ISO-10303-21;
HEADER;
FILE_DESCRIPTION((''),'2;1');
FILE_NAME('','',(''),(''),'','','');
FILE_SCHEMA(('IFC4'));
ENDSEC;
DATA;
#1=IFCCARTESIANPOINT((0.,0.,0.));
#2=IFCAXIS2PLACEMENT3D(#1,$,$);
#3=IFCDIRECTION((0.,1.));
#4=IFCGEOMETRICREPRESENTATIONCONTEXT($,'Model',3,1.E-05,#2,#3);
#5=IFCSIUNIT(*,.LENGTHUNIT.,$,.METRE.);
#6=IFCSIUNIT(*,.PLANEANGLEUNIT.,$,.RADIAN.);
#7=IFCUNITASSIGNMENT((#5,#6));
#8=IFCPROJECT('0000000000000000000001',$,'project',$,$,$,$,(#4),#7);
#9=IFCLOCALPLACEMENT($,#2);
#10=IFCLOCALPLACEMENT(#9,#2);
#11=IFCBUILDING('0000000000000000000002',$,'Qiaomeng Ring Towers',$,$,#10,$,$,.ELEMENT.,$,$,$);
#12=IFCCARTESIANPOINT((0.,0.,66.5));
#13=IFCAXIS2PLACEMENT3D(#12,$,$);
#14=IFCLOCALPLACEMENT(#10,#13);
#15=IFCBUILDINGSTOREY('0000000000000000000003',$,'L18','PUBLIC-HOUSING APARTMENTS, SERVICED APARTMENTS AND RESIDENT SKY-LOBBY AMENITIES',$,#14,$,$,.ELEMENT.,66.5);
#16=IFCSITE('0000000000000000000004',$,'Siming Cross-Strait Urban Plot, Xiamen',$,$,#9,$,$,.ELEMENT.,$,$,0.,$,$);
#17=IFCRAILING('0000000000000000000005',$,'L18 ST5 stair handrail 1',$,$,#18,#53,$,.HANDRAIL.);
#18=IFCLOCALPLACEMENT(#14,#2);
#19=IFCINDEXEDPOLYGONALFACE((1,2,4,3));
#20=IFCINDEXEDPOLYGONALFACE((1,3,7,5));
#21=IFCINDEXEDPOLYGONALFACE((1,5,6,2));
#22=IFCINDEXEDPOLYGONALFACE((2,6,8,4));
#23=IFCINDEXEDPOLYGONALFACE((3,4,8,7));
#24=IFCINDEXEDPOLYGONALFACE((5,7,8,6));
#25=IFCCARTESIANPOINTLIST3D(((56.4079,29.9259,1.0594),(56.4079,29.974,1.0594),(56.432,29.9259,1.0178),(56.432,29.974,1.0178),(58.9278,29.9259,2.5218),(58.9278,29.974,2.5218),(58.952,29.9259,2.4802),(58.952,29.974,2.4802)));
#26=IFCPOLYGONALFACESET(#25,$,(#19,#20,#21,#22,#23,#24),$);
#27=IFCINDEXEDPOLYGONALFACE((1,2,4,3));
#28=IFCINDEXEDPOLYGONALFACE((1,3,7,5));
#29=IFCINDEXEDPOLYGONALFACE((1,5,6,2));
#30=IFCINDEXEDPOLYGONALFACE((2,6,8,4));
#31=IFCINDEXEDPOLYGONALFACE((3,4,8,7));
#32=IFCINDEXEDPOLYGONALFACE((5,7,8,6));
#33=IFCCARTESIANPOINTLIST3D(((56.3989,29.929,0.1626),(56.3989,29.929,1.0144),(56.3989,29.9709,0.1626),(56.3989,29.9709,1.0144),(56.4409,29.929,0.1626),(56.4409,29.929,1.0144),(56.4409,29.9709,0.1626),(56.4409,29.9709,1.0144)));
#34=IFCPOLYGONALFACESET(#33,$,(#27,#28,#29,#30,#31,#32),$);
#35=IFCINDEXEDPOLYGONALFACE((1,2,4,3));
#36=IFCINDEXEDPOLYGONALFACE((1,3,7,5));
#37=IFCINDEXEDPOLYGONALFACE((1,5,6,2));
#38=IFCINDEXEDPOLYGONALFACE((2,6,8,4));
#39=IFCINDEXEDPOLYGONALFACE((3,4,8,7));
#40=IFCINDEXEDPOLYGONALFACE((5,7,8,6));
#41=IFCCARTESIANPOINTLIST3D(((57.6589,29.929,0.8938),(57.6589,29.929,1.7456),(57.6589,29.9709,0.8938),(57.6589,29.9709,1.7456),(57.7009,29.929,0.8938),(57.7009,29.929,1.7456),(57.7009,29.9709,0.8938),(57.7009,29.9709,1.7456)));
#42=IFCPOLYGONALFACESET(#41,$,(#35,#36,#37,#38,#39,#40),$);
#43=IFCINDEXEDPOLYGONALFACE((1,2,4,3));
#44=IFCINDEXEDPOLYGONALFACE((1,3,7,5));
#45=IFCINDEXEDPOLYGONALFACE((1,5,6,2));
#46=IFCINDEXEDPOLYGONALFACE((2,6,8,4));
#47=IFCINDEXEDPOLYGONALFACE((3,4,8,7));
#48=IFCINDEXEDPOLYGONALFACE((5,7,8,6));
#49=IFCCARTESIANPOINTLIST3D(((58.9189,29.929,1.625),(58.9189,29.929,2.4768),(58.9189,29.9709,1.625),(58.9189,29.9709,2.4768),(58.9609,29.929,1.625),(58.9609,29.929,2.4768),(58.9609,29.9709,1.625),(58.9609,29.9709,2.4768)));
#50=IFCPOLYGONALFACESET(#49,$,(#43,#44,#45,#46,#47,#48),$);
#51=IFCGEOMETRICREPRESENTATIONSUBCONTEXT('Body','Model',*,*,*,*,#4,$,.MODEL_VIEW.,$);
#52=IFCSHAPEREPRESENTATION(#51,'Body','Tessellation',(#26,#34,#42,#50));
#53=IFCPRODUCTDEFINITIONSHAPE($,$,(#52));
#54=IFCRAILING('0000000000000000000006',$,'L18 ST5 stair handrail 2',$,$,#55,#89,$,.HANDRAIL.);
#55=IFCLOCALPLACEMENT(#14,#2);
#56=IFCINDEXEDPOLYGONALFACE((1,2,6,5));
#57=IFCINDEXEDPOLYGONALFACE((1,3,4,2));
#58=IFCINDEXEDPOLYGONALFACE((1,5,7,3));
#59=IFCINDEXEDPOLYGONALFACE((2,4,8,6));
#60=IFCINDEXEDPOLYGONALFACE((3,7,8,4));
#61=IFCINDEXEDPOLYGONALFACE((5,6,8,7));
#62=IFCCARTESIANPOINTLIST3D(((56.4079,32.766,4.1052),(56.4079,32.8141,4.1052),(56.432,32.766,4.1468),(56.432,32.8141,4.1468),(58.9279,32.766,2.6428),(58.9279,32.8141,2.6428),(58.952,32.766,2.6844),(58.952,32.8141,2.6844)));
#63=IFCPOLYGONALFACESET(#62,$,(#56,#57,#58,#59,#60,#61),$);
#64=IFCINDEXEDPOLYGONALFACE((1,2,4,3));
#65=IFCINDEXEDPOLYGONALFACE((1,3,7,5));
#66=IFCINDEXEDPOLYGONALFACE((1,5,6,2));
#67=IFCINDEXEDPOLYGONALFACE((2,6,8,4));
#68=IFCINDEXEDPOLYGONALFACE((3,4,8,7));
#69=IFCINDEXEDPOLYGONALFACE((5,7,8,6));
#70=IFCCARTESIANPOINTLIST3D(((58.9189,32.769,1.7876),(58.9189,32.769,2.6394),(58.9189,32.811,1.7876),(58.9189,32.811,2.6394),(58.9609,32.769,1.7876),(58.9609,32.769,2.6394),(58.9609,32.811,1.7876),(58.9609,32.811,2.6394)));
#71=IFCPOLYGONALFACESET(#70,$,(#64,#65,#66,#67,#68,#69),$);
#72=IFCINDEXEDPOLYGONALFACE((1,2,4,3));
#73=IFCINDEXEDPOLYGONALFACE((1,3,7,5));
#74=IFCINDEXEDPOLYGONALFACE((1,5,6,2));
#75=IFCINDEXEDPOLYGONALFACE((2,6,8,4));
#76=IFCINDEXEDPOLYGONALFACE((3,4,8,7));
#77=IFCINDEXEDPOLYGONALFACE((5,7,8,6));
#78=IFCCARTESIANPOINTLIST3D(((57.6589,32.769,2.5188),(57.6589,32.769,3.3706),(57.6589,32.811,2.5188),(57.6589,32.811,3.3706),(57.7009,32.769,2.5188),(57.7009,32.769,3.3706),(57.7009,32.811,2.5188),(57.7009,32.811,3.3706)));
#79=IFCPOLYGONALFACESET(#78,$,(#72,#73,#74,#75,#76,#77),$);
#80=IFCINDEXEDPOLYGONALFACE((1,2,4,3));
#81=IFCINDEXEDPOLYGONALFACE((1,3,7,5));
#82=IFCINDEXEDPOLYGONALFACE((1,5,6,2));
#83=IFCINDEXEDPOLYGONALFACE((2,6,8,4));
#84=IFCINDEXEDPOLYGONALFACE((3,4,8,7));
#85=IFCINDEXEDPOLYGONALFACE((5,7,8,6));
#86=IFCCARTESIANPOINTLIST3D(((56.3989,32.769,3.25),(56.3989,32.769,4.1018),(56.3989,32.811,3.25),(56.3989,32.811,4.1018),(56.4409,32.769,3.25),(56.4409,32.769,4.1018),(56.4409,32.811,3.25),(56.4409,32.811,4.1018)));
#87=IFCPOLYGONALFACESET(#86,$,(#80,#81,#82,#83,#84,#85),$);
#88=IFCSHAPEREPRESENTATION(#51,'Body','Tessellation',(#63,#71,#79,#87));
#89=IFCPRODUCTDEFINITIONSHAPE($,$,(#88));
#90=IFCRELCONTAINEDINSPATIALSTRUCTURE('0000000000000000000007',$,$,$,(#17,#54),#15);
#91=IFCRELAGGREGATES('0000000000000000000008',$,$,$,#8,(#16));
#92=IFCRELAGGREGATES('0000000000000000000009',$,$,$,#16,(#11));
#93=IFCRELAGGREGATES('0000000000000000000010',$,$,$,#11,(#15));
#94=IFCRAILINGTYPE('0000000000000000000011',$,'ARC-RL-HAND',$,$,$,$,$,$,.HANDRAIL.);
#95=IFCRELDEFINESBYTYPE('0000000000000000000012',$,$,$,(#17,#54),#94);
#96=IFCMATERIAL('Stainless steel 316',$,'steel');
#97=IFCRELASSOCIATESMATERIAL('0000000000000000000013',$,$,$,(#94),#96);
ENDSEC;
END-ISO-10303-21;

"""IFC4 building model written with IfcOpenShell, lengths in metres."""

from ifc_helpers import new_model, si_unit, direction, frame, origin, origin_2d, place, context, subcontext, project, spatial, rectangle, extrude, material, type_object, element, save


model = new_model("IFC4")

# Units and contexts
model_context = context("Model", 3, precision=1e-05, world=origin(), true_north=direction((0.0, 1.0)))
body_context = subcontext(model_context, "Body", "Model", "MODEL_VIEW")
ifc_project = project(units=[si_unit("LENGTHUNIT", "METRE"), si_unit("PLANEANGLEUNIT", "RADIAN")], contexts=[model_context])

# Site, building, storey
site_placement = place(None, origin())
site = spatial("IfcSite", under=ifc_project, at=site_placement, Name="Siming Cross-Strait Urban Plot, Xiamen", CompositionType="ELEMENT", RefElevation=0.0)
building_placement = place(site_placement, origin())
building = spatial("IfcBuilding", under=site, at=building_placement, Name="Qiaomeng Ring Towers", CompositionType="ELEMENT")
storey_placement = place(building_placement, frame((0.0, 0.0, 66.5)))
storey = spatial("IfcBuildingStorey", under=building, at=storey_placement, Name="L18", Description="PUBLIC-HOUSING APARTMENTS, SERVICED APARTMENTS AND RESIDENT SKY-LOBBY AMENITIES", CompositionType="ELEMENT", Elevation=66.5)

# Shared definitions
ifc_material_1 = material(Name="Stainless steel 316", Category="steel")

# Railings
railing_type_1 = type_object("IfcRailingType", Name="ARC-RL-HAND", PredefinedType="HANDRAIL", material=ifc_material_1)
railing_1_placement = place(storey_placement, frame((56.4199, 29.95, 0.1626)))
element("IfcRailing", 1, at=railing_1_placement, inside=storey, type_object=railing_type_1, Name="L18 ST5 stair handrail 1", PredefinedType="HANDRAIL", context=body_context, shape_type="SweptSolid", body=[
    extrude(rectangle(XDim=0.0481, YDim=0.0481, at=origin_2d()), frame((0.0, 0.0, 0.876), z_axis=(0.864913, 0.0, 0.501921), x_axis=(0.0, 1.0, 0.0)), (0.0, 0.0, 1.0), 2.9136),
    extrude(rectangle(XDim=0.042, YDim=0.042, at=origin_2d()), origin(), (0.0, 0.0, 1.0), 0.8518),
    extrude(rectangle(XDim=0.042, YDim=0.042, at=origin_2d()), frame((1.26, 0.0, 0.7312)), (0.0, 0.0, 1.0), 0.8518),
    extrude(rectangle(XDim=0.042, YDim=0.042, at=origin_2d()), frame((2.52, 0.0, 1.4624)), (0.0, 0.0, 1.0), 0.8518),
])
railing_2_placement = place(storey_placement, frame((58.9399, 32.79, 1.7876)))
element("IfcRailing", 2, at=railing_2_placement, inside=storey, type_object=railing_type_1, Name="L18 ST5 stair handrail 2", PredefinedType="HANDRAIL", context=body_context, shape_type="SweptSolid", body=[
    extrude(rectangle(XDim=0.0481, YDim=0.0481, at=origin_2d()), frame((0.0, 0.0, 0.876), z_axis=(-0.864913, 0.0, 0.501921), x_axis=(0.0, -1.0, 0.0)), (0.0, 0.0, 1.0), 2.9136),
    extrude(rectangle(XDim=0.042, YDim=0.042, at=origin_2d()), origin(), (0.0, 0.0, 1.0), 0.8518),
    extrude(rectangle(XDim=0.042, YDim=0.042, at=origin_2d()), frame((-1.26, 0.0, 0.7312)), (0.0, 0.0, 1.0), 0.8518),
    extrude(rectangle(XDim=0.042, YDim=0.042, at=origin_2d()), frame((-2.52, 0.0, 1.4624)), (0.0, 0.0, 1.0), 0.8518),
])

save(model, "model.ifc")
